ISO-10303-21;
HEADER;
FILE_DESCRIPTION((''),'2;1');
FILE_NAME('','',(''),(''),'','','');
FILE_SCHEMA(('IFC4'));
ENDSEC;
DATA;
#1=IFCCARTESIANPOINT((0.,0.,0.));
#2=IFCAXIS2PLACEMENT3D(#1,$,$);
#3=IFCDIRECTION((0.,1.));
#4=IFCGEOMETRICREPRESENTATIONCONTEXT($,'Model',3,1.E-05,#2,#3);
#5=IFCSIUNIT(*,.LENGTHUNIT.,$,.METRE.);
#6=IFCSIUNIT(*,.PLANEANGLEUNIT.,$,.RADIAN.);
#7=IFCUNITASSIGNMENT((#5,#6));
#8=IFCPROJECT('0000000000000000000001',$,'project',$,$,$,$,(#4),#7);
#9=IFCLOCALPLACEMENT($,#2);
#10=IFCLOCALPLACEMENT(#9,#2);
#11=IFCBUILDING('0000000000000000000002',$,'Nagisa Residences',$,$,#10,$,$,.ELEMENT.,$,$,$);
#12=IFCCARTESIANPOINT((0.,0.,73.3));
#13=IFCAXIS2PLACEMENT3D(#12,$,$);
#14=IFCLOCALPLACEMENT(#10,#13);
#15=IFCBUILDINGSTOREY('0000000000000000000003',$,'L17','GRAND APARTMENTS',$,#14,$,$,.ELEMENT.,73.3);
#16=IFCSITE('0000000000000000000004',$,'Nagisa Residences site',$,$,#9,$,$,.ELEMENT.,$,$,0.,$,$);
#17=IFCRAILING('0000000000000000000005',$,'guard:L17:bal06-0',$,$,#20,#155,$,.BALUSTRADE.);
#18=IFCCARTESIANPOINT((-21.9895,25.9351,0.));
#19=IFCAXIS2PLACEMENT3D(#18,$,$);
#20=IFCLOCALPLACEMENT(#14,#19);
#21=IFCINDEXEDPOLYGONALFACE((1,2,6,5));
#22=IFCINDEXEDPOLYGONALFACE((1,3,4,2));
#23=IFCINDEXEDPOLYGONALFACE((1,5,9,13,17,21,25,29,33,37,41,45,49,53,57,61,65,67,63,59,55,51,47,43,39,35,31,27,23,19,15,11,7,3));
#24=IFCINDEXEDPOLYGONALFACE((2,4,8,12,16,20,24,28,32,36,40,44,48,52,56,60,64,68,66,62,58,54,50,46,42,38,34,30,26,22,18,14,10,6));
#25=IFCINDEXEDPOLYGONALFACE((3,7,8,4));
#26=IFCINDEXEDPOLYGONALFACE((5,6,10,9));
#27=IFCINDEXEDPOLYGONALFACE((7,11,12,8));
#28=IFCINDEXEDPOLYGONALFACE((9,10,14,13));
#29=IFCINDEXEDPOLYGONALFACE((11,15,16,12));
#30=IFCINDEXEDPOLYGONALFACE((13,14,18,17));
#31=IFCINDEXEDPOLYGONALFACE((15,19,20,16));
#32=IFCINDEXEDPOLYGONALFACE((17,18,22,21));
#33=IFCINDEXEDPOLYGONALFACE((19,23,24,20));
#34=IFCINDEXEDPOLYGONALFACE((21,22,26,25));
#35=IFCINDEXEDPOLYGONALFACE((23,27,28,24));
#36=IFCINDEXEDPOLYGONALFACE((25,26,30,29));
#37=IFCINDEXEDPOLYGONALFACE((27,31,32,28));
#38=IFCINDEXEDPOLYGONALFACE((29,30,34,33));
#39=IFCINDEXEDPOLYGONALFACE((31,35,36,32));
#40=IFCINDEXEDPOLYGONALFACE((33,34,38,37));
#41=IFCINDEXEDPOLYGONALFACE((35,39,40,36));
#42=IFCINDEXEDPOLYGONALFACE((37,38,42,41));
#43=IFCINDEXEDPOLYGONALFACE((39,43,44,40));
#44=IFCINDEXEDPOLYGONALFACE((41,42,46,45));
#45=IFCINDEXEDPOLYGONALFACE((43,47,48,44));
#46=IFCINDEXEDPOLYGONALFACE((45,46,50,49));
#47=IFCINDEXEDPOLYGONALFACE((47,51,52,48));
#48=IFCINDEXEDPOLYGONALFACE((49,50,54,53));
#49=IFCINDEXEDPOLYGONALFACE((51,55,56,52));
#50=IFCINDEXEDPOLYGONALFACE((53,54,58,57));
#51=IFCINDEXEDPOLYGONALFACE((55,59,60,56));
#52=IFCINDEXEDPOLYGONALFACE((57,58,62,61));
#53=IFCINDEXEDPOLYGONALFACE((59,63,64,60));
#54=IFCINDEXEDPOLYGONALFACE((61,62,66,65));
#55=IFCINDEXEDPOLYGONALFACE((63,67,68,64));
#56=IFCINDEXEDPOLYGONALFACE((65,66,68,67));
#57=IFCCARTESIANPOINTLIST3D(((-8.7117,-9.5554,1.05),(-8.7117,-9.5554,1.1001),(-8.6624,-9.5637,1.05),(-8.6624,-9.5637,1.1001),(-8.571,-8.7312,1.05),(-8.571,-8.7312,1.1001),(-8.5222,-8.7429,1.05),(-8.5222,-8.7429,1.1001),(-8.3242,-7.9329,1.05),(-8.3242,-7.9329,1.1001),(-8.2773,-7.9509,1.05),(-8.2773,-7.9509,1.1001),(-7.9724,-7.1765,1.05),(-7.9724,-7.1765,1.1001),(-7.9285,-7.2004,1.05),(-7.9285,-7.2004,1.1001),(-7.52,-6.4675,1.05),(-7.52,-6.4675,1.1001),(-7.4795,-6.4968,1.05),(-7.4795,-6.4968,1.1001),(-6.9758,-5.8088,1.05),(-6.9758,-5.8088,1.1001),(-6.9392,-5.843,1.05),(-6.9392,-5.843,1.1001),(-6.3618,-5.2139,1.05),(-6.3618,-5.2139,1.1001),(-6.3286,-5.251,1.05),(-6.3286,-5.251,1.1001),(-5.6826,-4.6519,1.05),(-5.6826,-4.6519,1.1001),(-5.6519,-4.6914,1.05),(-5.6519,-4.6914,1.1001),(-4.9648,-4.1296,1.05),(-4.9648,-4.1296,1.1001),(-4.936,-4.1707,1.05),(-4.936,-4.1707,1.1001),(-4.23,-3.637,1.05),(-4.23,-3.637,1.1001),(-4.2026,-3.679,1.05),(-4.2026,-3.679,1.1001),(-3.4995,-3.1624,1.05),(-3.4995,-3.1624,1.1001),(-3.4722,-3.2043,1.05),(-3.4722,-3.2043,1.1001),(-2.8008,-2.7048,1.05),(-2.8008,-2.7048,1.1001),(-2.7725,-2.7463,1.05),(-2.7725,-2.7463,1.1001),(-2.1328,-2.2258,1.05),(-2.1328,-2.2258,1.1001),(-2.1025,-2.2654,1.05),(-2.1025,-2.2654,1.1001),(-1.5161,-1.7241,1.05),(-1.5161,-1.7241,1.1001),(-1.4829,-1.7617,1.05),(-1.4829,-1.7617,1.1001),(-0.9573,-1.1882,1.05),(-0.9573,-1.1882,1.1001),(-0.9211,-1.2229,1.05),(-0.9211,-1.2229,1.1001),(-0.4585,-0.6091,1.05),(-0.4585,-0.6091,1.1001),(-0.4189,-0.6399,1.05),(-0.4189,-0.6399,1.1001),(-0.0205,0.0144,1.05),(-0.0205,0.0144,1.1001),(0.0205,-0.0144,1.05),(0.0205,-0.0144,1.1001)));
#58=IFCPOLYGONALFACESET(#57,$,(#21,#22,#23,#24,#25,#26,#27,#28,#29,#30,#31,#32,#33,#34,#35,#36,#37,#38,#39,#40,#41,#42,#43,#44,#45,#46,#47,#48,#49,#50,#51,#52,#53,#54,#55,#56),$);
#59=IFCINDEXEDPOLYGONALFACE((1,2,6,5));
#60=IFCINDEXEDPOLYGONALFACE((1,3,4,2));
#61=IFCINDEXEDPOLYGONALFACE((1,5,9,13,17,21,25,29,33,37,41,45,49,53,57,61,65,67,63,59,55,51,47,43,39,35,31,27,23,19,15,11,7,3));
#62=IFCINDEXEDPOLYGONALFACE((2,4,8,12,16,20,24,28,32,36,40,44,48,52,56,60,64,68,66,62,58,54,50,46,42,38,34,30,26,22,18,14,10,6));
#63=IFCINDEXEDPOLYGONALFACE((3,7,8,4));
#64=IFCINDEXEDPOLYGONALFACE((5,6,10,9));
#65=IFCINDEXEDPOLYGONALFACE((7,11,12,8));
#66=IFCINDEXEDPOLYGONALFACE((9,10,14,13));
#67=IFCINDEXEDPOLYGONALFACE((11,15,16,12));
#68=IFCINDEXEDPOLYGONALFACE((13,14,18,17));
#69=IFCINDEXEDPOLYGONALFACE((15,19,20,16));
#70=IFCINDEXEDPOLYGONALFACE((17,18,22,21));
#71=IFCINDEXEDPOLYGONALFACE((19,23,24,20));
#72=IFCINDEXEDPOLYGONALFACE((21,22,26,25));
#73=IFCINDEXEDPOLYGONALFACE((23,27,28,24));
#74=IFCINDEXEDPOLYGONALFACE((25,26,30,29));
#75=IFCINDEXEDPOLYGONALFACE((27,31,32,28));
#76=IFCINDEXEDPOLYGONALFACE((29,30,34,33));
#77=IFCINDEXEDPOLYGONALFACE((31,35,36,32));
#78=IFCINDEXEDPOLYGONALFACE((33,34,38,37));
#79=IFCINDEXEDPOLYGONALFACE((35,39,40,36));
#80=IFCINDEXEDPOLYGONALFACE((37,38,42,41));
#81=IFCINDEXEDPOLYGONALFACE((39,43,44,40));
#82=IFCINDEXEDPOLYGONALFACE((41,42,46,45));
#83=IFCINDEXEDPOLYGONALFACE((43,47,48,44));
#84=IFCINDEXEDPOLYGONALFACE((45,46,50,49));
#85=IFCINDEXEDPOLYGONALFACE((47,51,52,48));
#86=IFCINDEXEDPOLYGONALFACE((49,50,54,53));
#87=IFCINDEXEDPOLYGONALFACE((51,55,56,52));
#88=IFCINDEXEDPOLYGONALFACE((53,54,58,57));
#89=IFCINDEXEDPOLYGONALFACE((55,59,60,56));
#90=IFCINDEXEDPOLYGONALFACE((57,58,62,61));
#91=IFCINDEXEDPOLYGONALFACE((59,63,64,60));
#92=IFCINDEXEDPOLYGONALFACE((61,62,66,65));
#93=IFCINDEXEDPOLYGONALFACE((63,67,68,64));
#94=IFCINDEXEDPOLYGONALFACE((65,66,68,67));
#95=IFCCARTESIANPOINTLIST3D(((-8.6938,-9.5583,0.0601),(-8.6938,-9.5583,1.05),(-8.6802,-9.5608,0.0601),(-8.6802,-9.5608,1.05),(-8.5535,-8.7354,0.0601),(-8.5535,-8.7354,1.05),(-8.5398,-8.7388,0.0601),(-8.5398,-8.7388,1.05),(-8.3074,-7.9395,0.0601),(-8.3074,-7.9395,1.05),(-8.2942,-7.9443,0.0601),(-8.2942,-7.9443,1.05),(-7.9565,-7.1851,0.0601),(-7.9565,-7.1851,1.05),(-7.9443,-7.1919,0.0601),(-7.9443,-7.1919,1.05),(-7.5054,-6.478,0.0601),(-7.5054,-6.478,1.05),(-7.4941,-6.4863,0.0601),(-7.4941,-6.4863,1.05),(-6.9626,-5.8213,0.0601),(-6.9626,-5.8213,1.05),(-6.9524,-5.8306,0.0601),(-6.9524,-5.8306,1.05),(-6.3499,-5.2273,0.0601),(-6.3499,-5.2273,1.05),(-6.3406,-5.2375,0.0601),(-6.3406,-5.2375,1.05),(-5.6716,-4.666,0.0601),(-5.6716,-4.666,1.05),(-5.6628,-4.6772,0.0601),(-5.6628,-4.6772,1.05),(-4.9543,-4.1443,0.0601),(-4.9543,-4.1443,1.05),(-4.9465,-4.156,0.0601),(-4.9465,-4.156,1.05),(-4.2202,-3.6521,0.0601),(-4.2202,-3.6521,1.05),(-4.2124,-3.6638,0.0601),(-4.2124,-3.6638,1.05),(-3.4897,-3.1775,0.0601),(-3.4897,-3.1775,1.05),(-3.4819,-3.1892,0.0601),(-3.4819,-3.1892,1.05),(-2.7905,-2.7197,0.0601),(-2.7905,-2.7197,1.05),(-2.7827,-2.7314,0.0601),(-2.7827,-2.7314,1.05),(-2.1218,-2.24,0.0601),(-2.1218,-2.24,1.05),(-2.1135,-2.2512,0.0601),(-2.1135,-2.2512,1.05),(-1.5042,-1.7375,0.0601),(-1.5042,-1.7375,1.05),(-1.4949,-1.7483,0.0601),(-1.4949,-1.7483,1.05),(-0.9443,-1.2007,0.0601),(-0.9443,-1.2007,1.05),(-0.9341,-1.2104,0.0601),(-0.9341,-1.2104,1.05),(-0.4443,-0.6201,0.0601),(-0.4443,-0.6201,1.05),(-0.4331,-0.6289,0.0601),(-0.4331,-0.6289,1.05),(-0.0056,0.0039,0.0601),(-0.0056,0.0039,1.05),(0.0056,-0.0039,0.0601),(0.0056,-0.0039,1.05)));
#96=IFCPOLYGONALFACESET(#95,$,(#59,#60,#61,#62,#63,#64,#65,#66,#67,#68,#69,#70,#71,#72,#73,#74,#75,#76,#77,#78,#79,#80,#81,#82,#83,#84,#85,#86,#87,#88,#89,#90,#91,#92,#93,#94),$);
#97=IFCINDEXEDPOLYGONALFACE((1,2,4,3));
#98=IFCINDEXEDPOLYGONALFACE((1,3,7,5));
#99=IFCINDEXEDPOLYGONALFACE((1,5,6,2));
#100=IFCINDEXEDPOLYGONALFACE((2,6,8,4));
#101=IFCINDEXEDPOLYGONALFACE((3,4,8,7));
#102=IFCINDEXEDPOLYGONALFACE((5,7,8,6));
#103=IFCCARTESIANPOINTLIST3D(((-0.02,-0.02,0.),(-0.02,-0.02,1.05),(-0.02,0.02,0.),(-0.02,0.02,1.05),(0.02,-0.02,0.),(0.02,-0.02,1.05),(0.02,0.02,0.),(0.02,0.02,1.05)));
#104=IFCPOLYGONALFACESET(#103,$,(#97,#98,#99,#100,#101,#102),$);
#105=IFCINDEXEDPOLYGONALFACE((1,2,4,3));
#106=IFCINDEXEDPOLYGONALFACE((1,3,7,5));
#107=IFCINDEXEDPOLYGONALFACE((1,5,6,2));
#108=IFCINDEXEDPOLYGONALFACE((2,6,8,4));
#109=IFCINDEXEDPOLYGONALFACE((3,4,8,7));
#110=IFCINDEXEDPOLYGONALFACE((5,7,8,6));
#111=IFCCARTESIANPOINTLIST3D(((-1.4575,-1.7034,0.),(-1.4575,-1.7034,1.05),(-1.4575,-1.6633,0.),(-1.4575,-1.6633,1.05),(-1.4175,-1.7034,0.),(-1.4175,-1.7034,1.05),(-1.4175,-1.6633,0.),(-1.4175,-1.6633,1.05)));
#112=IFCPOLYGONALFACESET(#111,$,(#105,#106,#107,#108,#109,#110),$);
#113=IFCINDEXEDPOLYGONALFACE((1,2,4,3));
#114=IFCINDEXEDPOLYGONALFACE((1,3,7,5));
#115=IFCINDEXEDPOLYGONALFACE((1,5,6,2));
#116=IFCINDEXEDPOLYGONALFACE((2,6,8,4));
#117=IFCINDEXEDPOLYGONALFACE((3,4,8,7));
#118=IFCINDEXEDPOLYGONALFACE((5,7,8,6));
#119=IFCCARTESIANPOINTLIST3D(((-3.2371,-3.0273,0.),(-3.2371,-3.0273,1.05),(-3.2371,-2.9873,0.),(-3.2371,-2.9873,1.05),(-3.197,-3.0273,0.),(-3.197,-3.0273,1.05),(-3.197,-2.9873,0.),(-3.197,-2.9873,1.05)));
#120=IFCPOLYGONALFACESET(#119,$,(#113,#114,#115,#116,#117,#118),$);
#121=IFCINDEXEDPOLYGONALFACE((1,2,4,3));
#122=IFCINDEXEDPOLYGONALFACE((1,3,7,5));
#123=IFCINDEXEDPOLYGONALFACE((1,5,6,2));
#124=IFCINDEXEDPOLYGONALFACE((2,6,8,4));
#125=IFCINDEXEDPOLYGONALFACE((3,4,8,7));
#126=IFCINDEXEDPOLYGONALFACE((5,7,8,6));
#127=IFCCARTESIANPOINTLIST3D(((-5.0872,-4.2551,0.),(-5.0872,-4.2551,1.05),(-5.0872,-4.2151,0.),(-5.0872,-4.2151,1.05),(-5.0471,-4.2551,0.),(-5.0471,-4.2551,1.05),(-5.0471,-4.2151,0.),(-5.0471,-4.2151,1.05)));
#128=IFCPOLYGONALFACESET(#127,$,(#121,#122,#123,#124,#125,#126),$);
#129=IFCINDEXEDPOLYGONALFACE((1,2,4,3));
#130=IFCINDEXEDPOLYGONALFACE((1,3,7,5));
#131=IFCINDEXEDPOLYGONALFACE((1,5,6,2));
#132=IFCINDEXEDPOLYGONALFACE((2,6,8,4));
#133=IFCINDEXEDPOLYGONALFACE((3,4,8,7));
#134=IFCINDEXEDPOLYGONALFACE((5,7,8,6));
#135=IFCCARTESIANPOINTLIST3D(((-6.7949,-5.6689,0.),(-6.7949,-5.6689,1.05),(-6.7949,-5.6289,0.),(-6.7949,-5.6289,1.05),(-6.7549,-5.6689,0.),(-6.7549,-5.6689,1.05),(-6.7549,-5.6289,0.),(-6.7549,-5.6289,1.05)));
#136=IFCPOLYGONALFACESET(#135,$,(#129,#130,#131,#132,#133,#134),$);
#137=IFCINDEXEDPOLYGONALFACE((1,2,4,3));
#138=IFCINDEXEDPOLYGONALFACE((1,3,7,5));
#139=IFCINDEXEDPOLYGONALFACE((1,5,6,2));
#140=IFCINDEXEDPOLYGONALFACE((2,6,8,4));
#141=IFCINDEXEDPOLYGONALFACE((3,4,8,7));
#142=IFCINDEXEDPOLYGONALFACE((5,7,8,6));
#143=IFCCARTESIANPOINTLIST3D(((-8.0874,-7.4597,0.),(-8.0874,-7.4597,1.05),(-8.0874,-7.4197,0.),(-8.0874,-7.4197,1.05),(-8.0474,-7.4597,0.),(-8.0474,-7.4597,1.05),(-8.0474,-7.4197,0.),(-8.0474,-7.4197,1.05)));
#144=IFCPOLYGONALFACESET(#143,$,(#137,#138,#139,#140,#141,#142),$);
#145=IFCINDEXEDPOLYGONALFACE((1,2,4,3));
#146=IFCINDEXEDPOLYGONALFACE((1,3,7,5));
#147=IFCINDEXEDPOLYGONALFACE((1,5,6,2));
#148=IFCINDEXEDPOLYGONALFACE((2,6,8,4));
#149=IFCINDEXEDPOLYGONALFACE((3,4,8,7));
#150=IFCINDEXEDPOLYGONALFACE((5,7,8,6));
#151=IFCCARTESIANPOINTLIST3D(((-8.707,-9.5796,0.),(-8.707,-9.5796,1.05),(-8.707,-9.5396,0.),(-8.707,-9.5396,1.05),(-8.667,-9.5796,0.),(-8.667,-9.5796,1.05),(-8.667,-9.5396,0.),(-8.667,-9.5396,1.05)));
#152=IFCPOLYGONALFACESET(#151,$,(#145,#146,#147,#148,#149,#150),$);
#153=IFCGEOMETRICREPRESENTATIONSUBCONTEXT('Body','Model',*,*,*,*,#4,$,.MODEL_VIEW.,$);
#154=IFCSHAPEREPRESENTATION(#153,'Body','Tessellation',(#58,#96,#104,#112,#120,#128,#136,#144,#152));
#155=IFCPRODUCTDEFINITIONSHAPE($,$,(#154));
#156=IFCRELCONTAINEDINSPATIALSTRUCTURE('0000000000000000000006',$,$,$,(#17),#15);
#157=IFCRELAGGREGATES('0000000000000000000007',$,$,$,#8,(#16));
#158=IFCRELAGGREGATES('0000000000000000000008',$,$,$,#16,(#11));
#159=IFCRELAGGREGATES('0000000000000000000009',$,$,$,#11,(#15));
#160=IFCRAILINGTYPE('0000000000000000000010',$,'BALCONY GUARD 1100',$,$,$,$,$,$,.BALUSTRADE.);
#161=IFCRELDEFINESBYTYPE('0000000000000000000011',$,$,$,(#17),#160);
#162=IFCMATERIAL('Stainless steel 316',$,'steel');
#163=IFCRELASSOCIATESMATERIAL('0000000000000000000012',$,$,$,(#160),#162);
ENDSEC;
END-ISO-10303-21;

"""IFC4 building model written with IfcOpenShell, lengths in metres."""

from ifc_helpers import new_model, si_unit, direction, frame, origin, origin_2d, place, context, subcontext, project, spatial, polyline, rectangle, outline, extrude, material, type_object, element, save


model = new_model("IFC4")

# Units and contexts
model_context = context("Model", 3, precision=1e-05, world=origin(), true_north=direction((0.0, 1.0)))
body_context = subcontext(model_context, "Body", "Model", "MODEL_VIEW")
ifc_project = project(units=[si_unit("LENGTHUNIT", "METRE"), si_unit("PLANEANGLEUNIT", "RADIAN")], contexts=[model_context])

# Site, building, storey
site_placement = place(None, origin())
site = spatial("IfcSite", under=ifc_project, at=site_placement, Name="Nagisa Residences site", CompositionType="ELEMENT", RefElevation=0.0)
building_placement = place(site_placement, origin())
building = spatial("IfcBuilding", under=site, at=building_placement, Name="Nagisa Residences", CompositionType="ELEMENT")
storey_placement = place(building_placement, frame((0.0, 0.0, 73.3)))
storey = spatial("IfcBuildingStorey", under=building, at=storey_placement, Name="L17", Description="GRAND APARTMENTS", CompositionType="ELEMENT", Elevation=73.3)

# Railing
ifc_material_1 = material(Name="Stainless steel 316", Category="steel")
railing_type = type_object("IfcRailingType", Name="BALCONY GUARD 1100", PredefinedType="BALUSTRADE", material=ifc_material_1)
railing_1_placement = place(storey_placement, frame((-21.9895, 25.9351, 0.0)))
element("IfcRailing", 1, at=railing_1_placement, inside=storey, type_object=railing_type, Name="guard:L17:bal06-0", PredefinedType="BALUSTRADE", context=body_context, shape_type="SweptSolid", body=[
    extrude(outline(polyline([(-0.4189, -0.6399), (0.0205, -0.0144), (-0.0205, 0.0144), (-0.4585, -0.6091), (-0.9573, -1.1882), (-1.5161, -1.7241), (-2.1328, -2.2258), (-2.8008, -2.7048), (-3.4995, -3.1624), (-4.23, -3.637), (-4.9648, -4.1296), (-5.6826, -4.6519), (-6.3618, -5.2139), (-6.9758, -5.8088), (-7.52, -6.4675), (-7.9724, -7.1765), (-8.3242, -7.9329), (-8.571, -8.7312), (-8.7117, -9.5554), (-8.6624, -9.5637), (-8.5222, -8.7429), (-8.2773, -7.9509), (-7.9285, -7.2004), (-7.4795, -6.4968), (-6.9392, -5.843), (-6.3286, -5.251), (-5.6519, -4.6914), (-4.936, -4.1707), (-4.2026, -3.679), (-3.4722, -3.2043), (-2.7725, -2.7463), (-2.1025, -2.2654), (-1.4829, -1.7617), (-0.9211, -1.2229), (-0.4189, -0.6399)])), frame((0.0, 0.0, 1.05)), (0.0, 0.0, 1.0), 0.05),
    extrude(outline(polyline([(-0.4331, -0.6289), (0.0056, -0.0039), (-0.0056, 0.0039), (-0.4443, -0.6201), (-0.9443, -1.2007), (-1.5042, -1.7375), (-2.1218, -2.24), (-2.7905, -2.7197), (-3.4897, -3.1775), (-4.2202, -3.6521), (-4.9543, -4.1443), (-5.6716, -4.666), (-6.3499, -5.2273), (-6.9626, -5.8213), (-7.5054, -6.478), (-7.9565, -7.1851), (-8.3074, -7.9395), (-8.5535, -8.7354), (-8.6938, -9.5583), (-8.6802, -9.5608), (-8.5398, -8.7388), (-8.2942, -7.9443), (-7.9443, -7.1919), (-7.4941, -6.4863), (-6.9524, -5.8306), (-6.3406, -5.2375), (-5.6628, -4.6772), (-4.9465, -4.156), (-4.2124, -3.6638), (-3.4819, -3.1892), (-2.7827, -2.7314), (-2.1135, -2.2512), (-1.4949, -1.7483), (-0.9341, -1.2104), (-0.4331, -0.6289)])), frame((0.0, 0.0, 0.0601)), (0.0, 0.0, 1.0), 0.99),
    extrude(rectangle(XDim=0.04, YDim=0.04, at=origin_2d()), origin(), (0.0, 0.0, 1.0), 1.05),
    extrude(rectangle(XDim=0.04, YDim=0.04, at=origin_2d()), frame((-1.4375, -1.6833, 0.0)), (0.0, 0.0, 1.0), 1.05),
    extrude(rectangle(XDim=0.04, YDim=0.04, at=origin_2d()), frame((-3.217, -3.0073, 0.0)), (0.0, 0.0, 1.0), 1.05),
    extrude(rectangle(XDim=0.04, YDim=0.04, at=origin_2d()), frame((-5.0671, -4.2351, 0.0)), (0.0, 0.0, 1.0), 1.05),
    extrude(rectangle(XDim=0.04, YDim=0.04, at=origin_2d()), frame((-6.7749, -5.6489, 0.0)), (0.0, 0.0, 1.0), 1.05),
    extrude(rectangle(XDim=0.04, YDim=0.04, at=origin_2d()), frame((-8.0674, -7.4397, 0.0)), (0.0, 0.0, 1.0), 1.05),
    extrude(rectangle(XDim=0.04, YDim=0.04, at=origin_2d()), frame((-8.687, -9.5596, 0.0)), (0.0, 0.0, 1.0), 1.05),
])

save(model, "model.ifc")
